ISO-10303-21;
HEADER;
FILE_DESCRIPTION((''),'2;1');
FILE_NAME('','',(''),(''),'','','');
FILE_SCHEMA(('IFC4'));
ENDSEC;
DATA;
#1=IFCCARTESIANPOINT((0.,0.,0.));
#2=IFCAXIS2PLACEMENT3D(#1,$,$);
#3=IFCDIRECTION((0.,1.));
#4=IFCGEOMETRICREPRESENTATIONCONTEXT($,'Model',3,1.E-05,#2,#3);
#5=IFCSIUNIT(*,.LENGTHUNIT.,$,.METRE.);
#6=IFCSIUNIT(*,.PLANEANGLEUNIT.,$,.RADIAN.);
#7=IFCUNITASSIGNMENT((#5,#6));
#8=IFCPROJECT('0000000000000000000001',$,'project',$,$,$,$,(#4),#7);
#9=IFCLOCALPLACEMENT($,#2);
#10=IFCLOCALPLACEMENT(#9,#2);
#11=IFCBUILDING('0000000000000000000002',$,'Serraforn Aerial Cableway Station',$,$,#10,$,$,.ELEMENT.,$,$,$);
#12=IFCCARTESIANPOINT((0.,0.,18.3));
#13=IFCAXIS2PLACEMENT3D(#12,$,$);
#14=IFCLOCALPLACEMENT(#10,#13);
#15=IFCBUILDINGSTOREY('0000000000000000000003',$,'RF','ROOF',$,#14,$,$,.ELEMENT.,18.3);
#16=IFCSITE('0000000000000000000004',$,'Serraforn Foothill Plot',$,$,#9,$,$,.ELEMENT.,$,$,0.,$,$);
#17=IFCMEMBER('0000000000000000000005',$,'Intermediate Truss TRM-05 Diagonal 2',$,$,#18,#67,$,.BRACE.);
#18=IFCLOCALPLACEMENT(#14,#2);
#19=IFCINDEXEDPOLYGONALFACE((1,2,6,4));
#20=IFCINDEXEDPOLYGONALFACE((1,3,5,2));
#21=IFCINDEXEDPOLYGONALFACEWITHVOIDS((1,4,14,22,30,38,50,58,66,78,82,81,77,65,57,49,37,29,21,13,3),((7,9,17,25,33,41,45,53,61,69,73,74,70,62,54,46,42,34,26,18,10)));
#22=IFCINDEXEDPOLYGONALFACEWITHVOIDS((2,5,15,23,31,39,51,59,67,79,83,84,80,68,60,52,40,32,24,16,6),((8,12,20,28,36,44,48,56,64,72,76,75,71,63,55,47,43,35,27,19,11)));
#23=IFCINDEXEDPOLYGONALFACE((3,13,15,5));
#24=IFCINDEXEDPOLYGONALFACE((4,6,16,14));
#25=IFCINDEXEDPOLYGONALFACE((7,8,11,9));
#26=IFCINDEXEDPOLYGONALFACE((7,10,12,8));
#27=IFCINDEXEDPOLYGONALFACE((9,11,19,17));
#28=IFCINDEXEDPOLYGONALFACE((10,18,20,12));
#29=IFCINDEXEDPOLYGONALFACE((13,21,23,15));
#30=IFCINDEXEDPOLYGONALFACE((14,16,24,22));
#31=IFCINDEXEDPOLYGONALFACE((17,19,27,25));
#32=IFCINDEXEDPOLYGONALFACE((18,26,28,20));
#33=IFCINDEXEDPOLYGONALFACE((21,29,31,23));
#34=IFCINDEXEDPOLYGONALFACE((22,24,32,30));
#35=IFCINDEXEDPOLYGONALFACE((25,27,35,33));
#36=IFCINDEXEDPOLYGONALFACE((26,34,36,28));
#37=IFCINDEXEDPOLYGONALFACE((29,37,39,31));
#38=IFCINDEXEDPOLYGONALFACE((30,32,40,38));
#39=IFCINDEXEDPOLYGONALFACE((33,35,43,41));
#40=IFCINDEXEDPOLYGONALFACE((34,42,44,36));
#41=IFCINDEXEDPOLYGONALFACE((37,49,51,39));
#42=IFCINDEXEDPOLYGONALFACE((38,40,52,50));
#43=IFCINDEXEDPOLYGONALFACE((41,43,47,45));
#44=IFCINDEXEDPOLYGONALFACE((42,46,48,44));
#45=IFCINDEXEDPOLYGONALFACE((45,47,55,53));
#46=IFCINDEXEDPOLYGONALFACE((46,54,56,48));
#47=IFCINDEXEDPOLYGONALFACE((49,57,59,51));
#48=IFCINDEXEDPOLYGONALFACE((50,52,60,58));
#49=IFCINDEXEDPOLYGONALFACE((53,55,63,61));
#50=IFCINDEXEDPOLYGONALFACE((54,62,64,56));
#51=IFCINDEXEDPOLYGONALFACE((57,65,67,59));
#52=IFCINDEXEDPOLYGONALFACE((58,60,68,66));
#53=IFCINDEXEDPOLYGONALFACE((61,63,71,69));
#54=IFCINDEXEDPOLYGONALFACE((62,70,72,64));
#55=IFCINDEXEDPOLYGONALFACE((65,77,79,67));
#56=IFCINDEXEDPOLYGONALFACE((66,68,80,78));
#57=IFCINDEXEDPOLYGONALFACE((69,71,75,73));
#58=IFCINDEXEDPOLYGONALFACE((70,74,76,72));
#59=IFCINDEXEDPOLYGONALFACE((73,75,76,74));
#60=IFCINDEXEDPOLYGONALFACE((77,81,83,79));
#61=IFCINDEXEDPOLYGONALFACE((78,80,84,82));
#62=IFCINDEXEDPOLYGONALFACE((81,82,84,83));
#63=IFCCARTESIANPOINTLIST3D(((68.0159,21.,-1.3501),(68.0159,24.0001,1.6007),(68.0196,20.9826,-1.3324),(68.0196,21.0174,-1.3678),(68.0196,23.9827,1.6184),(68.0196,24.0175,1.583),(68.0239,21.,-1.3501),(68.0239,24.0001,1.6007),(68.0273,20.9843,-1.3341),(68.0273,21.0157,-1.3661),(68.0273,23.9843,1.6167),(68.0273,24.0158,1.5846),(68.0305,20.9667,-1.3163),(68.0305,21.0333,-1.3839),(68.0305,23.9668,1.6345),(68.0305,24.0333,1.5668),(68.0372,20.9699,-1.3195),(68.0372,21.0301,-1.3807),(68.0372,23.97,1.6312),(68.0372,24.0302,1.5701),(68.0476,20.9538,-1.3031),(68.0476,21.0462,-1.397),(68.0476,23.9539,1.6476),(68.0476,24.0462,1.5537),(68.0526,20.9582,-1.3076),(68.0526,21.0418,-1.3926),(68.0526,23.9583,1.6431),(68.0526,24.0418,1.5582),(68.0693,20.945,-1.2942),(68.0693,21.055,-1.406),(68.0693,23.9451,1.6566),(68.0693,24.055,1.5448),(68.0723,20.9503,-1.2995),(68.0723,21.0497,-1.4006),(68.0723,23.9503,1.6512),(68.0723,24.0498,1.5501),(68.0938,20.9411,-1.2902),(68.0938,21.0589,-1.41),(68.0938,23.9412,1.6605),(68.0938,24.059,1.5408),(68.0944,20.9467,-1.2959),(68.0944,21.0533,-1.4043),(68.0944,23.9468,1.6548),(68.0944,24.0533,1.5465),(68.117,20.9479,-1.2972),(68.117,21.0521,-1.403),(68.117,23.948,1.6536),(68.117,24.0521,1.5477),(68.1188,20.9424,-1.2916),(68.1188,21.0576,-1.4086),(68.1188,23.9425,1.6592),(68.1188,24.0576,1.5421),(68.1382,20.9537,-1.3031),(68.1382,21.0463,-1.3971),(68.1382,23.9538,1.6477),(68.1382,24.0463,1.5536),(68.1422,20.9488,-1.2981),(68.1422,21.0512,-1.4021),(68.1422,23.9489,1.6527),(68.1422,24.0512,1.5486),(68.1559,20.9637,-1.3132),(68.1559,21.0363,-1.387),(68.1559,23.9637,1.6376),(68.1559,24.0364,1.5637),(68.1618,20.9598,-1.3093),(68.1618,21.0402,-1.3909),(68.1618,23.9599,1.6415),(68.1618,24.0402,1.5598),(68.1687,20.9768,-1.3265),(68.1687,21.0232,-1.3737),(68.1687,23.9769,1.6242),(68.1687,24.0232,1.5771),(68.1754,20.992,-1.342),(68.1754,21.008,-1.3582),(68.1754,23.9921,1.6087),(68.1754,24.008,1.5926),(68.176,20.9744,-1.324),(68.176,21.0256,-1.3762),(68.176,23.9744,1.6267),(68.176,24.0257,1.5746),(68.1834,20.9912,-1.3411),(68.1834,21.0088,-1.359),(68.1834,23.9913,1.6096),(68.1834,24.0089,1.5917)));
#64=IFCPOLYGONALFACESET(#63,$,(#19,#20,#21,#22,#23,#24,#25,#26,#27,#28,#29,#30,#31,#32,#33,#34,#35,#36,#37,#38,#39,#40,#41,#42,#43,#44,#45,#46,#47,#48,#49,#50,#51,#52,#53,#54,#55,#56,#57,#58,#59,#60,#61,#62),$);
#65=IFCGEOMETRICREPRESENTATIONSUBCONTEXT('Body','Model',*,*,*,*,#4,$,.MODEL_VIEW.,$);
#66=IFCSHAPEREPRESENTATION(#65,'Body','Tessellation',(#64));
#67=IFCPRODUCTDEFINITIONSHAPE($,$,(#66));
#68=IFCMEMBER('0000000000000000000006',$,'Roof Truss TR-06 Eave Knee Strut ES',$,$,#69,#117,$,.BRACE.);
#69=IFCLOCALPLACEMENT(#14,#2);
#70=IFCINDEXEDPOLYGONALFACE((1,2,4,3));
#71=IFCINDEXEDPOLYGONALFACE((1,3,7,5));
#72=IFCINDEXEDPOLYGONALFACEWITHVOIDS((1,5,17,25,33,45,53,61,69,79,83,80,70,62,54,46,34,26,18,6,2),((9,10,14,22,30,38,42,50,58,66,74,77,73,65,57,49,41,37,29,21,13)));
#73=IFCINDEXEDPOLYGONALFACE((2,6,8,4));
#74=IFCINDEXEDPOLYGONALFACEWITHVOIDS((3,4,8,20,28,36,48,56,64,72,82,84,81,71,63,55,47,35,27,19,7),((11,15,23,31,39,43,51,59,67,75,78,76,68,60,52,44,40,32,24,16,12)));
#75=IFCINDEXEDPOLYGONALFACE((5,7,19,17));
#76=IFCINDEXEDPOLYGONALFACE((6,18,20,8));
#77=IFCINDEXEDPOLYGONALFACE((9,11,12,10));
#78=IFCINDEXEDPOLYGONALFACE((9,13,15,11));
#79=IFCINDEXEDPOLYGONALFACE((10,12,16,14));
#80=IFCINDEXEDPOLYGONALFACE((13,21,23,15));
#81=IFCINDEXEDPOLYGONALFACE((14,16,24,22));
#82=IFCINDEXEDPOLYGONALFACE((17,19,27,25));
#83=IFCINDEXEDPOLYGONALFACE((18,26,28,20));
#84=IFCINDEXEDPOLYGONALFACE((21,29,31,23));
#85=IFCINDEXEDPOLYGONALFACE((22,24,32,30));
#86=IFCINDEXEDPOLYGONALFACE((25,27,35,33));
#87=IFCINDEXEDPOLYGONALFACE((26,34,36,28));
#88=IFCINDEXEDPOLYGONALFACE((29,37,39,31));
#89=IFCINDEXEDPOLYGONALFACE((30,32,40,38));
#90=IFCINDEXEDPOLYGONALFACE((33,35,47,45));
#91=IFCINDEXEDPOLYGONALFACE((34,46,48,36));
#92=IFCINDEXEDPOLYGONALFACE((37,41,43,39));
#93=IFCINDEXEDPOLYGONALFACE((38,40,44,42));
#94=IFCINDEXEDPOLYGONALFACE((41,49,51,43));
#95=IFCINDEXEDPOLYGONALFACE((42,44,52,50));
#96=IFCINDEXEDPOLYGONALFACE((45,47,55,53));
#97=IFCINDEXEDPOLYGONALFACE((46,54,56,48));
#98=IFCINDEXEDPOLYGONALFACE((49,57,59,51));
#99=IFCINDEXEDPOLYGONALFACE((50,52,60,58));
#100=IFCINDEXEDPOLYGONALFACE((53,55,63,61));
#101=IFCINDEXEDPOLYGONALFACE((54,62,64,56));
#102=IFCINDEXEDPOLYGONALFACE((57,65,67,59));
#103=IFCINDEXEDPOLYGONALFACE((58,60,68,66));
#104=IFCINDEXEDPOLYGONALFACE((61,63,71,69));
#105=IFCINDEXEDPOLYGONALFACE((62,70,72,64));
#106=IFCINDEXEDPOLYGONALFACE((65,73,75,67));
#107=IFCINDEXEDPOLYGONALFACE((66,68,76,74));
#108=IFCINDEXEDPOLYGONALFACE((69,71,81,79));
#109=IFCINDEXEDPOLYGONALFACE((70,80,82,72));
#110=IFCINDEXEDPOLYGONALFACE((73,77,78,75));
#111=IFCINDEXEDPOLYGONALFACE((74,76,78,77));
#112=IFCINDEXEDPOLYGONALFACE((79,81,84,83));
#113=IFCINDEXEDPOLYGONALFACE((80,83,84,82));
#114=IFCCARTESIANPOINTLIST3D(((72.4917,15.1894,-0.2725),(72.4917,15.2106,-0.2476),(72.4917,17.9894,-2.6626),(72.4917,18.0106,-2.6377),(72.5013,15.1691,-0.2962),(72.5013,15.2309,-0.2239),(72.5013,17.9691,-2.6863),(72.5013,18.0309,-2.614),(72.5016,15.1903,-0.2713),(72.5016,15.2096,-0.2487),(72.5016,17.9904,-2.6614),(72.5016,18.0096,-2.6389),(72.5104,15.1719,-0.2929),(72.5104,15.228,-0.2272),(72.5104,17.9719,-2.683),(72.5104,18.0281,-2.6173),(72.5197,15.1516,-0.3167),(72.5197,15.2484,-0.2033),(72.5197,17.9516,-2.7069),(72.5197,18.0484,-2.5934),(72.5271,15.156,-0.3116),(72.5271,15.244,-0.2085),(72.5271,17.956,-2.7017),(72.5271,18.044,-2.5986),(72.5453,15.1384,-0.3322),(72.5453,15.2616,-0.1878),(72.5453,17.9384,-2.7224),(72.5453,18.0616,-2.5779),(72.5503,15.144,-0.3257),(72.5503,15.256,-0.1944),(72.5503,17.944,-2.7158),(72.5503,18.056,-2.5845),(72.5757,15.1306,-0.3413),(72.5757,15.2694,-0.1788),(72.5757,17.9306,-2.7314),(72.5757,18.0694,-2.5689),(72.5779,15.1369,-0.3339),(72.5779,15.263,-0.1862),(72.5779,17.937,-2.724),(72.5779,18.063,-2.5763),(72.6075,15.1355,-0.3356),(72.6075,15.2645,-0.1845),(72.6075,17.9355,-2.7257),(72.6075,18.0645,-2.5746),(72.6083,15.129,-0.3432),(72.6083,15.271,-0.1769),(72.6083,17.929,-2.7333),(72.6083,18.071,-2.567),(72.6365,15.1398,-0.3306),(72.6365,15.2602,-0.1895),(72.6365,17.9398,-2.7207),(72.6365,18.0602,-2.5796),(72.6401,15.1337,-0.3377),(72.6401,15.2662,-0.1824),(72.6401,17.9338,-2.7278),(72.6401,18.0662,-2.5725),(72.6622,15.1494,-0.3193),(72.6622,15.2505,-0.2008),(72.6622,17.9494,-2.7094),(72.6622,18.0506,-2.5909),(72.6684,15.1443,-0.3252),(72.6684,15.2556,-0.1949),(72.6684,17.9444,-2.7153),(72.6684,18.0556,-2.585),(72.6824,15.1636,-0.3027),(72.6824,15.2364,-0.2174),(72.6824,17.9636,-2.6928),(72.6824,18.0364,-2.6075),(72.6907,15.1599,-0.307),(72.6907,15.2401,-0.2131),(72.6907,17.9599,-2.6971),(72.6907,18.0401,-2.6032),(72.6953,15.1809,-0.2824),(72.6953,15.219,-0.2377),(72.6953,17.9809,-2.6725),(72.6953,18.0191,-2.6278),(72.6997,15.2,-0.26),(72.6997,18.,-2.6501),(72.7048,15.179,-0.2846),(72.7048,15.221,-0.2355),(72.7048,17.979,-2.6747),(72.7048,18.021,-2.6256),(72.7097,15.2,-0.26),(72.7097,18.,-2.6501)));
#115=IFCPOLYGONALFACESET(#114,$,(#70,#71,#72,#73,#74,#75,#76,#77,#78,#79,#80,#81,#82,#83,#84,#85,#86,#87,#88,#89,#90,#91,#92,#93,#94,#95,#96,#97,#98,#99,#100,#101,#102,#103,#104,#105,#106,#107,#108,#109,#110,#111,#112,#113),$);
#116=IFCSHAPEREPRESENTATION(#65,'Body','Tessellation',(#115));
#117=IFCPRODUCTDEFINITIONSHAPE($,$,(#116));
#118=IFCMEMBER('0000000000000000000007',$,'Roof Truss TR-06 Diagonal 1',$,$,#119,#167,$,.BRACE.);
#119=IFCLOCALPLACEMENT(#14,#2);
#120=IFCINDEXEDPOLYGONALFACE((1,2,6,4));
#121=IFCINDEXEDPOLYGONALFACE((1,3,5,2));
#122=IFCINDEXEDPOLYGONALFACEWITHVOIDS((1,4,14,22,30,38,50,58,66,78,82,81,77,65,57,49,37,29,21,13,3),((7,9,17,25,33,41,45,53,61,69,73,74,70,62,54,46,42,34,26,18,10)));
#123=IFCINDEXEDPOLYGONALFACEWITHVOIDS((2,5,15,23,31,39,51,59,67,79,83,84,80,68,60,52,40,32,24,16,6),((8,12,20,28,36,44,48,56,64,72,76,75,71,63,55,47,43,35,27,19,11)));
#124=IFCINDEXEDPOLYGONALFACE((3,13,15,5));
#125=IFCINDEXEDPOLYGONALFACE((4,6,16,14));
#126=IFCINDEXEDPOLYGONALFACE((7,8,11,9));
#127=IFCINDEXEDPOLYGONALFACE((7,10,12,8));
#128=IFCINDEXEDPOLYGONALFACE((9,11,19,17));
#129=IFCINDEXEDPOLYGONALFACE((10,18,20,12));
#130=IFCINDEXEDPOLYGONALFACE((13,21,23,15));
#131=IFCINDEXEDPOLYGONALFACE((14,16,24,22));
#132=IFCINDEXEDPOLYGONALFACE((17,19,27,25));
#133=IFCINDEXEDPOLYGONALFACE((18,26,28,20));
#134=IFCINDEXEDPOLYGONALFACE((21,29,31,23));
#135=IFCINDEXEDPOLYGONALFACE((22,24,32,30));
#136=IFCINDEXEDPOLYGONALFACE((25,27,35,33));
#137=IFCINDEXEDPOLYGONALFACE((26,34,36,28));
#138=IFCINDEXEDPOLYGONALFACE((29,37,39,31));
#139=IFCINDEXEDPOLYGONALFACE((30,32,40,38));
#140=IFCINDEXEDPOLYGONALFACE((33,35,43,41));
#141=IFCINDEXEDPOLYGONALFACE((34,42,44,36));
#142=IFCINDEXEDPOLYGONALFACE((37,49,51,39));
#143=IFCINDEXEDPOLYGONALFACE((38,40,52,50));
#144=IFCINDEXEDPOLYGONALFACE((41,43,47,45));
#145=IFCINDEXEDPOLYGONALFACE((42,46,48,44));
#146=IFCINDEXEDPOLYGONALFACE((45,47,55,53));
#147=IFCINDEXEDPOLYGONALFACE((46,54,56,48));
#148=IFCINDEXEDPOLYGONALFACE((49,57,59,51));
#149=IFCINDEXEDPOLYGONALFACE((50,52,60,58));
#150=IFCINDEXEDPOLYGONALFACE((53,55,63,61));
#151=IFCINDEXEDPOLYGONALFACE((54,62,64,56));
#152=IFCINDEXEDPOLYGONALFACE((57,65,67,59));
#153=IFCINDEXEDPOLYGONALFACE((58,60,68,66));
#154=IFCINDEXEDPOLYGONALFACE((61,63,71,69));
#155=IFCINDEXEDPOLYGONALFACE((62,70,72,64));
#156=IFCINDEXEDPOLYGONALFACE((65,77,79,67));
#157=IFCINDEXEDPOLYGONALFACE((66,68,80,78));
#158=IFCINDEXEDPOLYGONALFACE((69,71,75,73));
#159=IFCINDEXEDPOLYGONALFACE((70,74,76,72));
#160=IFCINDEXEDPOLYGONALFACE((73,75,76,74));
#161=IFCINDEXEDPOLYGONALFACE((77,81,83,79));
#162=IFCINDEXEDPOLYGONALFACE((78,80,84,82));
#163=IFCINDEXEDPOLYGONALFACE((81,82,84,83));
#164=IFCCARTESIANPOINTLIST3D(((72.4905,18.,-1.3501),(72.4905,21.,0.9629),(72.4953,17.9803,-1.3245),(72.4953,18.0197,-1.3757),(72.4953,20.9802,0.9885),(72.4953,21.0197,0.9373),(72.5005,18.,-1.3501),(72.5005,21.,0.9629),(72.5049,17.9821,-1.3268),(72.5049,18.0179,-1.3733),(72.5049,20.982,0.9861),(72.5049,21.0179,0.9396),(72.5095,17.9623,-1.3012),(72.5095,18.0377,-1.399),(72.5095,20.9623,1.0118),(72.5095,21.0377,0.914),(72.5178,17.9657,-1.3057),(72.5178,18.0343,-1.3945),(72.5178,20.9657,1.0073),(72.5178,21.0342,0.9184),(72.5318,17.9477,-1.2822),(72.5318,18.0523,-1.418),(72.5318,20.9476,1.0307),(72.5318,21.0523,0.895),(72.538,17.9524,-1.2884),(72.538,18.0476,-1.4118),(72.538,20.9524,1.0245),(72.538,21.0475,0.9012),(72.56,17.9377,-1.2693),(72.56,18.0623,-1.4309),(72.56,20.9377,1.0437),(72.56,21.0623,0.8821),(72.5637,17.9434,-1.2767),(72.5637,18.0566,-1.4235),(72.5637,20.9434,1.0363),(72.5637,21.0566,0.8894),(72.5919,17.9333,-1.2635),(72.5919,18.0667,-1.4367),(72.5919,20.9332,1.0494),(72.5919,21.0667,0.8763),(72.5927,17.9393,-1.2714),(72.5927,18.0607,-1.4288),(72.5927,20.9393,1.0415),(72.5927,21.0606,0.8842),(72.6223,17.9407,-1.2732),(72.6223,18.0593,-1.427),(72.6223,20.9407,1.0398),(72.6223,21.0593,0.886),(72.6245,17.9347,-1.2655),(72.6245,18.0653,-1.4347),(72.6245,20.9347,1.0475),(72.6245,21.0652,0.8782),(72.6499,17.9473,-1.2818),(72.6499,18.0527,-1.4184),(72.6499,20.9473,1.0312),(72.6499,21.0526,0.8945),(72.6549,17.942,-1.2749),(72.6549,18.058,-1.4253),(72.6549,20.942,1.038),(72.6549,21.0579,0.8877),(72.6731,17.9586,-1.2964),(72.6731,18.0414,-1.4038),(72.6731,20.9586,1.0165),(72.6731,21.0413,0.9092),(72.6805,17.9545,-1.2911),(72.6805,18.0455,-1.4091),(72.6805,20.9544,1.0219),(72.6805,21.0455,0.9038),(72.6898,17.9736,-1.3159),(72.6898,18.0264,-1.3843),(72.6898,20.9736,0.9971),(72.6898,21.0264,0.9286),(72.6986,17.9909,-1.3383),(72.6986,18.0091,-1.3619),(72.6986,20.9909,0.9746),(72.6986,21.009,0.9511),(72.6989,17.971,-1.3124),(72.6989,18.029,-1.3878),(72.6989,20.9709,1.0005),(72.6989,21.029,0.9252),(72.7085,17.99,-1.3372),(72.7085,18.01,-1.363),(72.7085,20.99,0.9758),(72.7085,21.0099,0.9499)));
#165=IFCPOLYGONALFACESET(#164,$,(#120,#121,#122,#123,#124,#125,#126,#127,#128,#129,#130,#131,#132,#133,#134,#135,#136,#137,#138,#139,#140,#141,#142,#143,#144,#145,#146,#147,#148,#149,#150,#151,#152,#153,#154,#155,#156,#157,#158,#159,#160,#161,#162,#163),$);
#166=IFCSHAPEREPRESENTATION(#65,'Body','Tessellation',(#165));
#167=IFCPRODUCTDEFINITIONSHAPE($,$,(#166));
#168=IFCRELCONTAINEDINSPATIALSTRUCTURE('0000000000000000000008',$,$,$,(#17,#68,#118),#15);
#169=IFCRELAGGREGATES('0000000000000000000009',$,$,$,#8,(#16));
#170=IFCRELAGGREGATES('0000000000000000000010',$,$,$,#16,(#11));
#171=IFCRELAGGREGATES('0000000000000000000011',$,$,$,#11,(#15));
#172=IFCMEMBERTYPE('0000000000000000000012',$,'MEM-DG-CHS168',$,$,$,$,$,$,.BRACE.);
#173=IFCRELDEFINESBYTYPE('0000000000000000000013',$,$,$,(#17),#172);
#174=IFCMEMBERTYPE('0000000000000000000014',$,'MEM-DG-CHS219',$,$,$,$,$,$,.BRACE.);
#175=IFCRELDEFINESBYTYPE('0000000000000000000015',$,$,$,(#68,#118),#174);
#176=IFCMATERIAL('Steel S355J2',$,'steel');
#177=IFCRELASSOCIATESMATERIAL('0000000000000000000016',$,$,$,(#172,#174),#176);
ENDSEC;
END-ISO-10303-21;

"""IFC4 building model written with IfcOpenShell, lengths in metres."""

from ifc_helpers import new_model, si_unit, direction, frame, origin, origin_2d, place, context, subcontext, project, spatial, hollow_circle, extrude, material, material_profile, profile_set, type_object, element, save


model = new_model("IFC4")

# Units and contexts
model_context = context("Model", 3, precision=1e-05, world=origin(), true_north=direction((0.0, 1.0)))
body_context = subcontext(model_context, "Body", "Model", "MODEL_VIEW")
ifc_project = project(units=[si_unit("LENGTHUNIT", "METRE"), si_unit("PLANEANGLEUNIT", "RADIAN")], contexts=[model_context])

# Site, building, storey
site_placement = place(None, origin())
site = spatial("IfcSite", under=ifc_project, at=site_placement, Name="Serraforn Foothill Plot", CompositionType="ELEMENT", RefElevation=0.0)
building_placement = place(site_placement, origin())
building = spatial("IfcBuilding", under=site, at=building_placement, Name="Serraforn Aerial Cableway Station", CompositionType="ELEMENT")
storey_placement = place(building_placement, frame((0.0, 0.0, 18.3)))
storey = spatial("IfcBuildingStorey", under=building, at=storey_placement, Name="RF", Description="ROOF", CompositionType="ELEMENT", Elevation=18.3)

# Shared definitions
ifc_material_1 = material(Name="Steel S355J2", Category="steel")

# Members
ifc_material_profile_1 = material_profile(ifc_material_1, hollow_circle(Radius=0.0842, WallThickness=0.0081, at=origin_2d()), Name="CHS 168.3x8.0")
ifc_profile_set_1 = profile_set([ifc_material_profile_1], Name="Steel S355J2")
member_type_1 = type_object("IfcMemberType", Name="MEM-DG-CHS168", PredefinedType="BRACE", material=ifc_profile_set_1)
member_1_placement = place(storey_placement, frame((68.1001, 21.0, -1.3501), z_axis=(0.0, 0.712942, 0.701223), x_axis=(-1.0, 0.0, 0.0)))
element("IfcMember", 1, at=member_1_placement, inside=storey, type_object=member_type_1, Name="Intermediate Truss TRM-05 Diagonal 2", PredefinedType="BRACE", context=body_context, shape_type="SweptSolid", body=[
    extrude(hollow_circle(Radius=0.0842, WallThickness=0.0081, at=origin_2d()), origin(), (0.0, 0.0, 1.0), 4.208),
])
ifc_material_profile_2 = material_profile(ifc_material_1, hollow_circle(Radius=0.1096, WallThickness=0.01, at=origin_2d()), Name="CHS 219.1x10.0")
ifc_profile_set_2 = profile_set([ifc_material_profile_2], Name="Steel S355J2")
member_type_2 = type_object("IfcMemberType", Name="MEM-DG-CHS219", PredefinedType="BRACE", material=ifc_profile_set_2)
member_2_placement = place(storey_placement, frame((72.6001, 18.0, -2.6501), z_axis=(0.0, -0.760584, 0.649239), x_axis=(1.0, 0.0, 0.0)))
element("IfcMember", 2, at=member_2_placement, inside=storey, type_object=member_type_2, Name="Roof Truss TR-06 Eave Knee Strut ES", PredefinedType="BRACE", context=body_context, shape_type="SweptSolid", body=[
    extrude(hollow_circle(Radius=0.1096, WallThickness=0.01, at=origin_2d()), origin(), (0.0, 0.0, 1.0), 3.6814),
])
member_3_placement = place(storey_placement, frame((72.6001, 18.0, -1.3501), z_axis=(0.0, 0.791948, 0.610589), x_axis=(-1.0, 0.0, 0.0)))
element("IfcMember", 3, at=member_3_placement, inside=storey, type_object=member_type_2, Name="Roof Truss TR-06 Diagonal 1", PredefinedType="BRACE", context=body_context, shape_type="SweptSolid", body=[
    extrude(hollow_circle(Radius=0.1096, WallThickness=0.01, at=origin_2d()), origin(), (0.0, 0.0, 1.0), 3.7881),
])

save(model, "model.ifc")
